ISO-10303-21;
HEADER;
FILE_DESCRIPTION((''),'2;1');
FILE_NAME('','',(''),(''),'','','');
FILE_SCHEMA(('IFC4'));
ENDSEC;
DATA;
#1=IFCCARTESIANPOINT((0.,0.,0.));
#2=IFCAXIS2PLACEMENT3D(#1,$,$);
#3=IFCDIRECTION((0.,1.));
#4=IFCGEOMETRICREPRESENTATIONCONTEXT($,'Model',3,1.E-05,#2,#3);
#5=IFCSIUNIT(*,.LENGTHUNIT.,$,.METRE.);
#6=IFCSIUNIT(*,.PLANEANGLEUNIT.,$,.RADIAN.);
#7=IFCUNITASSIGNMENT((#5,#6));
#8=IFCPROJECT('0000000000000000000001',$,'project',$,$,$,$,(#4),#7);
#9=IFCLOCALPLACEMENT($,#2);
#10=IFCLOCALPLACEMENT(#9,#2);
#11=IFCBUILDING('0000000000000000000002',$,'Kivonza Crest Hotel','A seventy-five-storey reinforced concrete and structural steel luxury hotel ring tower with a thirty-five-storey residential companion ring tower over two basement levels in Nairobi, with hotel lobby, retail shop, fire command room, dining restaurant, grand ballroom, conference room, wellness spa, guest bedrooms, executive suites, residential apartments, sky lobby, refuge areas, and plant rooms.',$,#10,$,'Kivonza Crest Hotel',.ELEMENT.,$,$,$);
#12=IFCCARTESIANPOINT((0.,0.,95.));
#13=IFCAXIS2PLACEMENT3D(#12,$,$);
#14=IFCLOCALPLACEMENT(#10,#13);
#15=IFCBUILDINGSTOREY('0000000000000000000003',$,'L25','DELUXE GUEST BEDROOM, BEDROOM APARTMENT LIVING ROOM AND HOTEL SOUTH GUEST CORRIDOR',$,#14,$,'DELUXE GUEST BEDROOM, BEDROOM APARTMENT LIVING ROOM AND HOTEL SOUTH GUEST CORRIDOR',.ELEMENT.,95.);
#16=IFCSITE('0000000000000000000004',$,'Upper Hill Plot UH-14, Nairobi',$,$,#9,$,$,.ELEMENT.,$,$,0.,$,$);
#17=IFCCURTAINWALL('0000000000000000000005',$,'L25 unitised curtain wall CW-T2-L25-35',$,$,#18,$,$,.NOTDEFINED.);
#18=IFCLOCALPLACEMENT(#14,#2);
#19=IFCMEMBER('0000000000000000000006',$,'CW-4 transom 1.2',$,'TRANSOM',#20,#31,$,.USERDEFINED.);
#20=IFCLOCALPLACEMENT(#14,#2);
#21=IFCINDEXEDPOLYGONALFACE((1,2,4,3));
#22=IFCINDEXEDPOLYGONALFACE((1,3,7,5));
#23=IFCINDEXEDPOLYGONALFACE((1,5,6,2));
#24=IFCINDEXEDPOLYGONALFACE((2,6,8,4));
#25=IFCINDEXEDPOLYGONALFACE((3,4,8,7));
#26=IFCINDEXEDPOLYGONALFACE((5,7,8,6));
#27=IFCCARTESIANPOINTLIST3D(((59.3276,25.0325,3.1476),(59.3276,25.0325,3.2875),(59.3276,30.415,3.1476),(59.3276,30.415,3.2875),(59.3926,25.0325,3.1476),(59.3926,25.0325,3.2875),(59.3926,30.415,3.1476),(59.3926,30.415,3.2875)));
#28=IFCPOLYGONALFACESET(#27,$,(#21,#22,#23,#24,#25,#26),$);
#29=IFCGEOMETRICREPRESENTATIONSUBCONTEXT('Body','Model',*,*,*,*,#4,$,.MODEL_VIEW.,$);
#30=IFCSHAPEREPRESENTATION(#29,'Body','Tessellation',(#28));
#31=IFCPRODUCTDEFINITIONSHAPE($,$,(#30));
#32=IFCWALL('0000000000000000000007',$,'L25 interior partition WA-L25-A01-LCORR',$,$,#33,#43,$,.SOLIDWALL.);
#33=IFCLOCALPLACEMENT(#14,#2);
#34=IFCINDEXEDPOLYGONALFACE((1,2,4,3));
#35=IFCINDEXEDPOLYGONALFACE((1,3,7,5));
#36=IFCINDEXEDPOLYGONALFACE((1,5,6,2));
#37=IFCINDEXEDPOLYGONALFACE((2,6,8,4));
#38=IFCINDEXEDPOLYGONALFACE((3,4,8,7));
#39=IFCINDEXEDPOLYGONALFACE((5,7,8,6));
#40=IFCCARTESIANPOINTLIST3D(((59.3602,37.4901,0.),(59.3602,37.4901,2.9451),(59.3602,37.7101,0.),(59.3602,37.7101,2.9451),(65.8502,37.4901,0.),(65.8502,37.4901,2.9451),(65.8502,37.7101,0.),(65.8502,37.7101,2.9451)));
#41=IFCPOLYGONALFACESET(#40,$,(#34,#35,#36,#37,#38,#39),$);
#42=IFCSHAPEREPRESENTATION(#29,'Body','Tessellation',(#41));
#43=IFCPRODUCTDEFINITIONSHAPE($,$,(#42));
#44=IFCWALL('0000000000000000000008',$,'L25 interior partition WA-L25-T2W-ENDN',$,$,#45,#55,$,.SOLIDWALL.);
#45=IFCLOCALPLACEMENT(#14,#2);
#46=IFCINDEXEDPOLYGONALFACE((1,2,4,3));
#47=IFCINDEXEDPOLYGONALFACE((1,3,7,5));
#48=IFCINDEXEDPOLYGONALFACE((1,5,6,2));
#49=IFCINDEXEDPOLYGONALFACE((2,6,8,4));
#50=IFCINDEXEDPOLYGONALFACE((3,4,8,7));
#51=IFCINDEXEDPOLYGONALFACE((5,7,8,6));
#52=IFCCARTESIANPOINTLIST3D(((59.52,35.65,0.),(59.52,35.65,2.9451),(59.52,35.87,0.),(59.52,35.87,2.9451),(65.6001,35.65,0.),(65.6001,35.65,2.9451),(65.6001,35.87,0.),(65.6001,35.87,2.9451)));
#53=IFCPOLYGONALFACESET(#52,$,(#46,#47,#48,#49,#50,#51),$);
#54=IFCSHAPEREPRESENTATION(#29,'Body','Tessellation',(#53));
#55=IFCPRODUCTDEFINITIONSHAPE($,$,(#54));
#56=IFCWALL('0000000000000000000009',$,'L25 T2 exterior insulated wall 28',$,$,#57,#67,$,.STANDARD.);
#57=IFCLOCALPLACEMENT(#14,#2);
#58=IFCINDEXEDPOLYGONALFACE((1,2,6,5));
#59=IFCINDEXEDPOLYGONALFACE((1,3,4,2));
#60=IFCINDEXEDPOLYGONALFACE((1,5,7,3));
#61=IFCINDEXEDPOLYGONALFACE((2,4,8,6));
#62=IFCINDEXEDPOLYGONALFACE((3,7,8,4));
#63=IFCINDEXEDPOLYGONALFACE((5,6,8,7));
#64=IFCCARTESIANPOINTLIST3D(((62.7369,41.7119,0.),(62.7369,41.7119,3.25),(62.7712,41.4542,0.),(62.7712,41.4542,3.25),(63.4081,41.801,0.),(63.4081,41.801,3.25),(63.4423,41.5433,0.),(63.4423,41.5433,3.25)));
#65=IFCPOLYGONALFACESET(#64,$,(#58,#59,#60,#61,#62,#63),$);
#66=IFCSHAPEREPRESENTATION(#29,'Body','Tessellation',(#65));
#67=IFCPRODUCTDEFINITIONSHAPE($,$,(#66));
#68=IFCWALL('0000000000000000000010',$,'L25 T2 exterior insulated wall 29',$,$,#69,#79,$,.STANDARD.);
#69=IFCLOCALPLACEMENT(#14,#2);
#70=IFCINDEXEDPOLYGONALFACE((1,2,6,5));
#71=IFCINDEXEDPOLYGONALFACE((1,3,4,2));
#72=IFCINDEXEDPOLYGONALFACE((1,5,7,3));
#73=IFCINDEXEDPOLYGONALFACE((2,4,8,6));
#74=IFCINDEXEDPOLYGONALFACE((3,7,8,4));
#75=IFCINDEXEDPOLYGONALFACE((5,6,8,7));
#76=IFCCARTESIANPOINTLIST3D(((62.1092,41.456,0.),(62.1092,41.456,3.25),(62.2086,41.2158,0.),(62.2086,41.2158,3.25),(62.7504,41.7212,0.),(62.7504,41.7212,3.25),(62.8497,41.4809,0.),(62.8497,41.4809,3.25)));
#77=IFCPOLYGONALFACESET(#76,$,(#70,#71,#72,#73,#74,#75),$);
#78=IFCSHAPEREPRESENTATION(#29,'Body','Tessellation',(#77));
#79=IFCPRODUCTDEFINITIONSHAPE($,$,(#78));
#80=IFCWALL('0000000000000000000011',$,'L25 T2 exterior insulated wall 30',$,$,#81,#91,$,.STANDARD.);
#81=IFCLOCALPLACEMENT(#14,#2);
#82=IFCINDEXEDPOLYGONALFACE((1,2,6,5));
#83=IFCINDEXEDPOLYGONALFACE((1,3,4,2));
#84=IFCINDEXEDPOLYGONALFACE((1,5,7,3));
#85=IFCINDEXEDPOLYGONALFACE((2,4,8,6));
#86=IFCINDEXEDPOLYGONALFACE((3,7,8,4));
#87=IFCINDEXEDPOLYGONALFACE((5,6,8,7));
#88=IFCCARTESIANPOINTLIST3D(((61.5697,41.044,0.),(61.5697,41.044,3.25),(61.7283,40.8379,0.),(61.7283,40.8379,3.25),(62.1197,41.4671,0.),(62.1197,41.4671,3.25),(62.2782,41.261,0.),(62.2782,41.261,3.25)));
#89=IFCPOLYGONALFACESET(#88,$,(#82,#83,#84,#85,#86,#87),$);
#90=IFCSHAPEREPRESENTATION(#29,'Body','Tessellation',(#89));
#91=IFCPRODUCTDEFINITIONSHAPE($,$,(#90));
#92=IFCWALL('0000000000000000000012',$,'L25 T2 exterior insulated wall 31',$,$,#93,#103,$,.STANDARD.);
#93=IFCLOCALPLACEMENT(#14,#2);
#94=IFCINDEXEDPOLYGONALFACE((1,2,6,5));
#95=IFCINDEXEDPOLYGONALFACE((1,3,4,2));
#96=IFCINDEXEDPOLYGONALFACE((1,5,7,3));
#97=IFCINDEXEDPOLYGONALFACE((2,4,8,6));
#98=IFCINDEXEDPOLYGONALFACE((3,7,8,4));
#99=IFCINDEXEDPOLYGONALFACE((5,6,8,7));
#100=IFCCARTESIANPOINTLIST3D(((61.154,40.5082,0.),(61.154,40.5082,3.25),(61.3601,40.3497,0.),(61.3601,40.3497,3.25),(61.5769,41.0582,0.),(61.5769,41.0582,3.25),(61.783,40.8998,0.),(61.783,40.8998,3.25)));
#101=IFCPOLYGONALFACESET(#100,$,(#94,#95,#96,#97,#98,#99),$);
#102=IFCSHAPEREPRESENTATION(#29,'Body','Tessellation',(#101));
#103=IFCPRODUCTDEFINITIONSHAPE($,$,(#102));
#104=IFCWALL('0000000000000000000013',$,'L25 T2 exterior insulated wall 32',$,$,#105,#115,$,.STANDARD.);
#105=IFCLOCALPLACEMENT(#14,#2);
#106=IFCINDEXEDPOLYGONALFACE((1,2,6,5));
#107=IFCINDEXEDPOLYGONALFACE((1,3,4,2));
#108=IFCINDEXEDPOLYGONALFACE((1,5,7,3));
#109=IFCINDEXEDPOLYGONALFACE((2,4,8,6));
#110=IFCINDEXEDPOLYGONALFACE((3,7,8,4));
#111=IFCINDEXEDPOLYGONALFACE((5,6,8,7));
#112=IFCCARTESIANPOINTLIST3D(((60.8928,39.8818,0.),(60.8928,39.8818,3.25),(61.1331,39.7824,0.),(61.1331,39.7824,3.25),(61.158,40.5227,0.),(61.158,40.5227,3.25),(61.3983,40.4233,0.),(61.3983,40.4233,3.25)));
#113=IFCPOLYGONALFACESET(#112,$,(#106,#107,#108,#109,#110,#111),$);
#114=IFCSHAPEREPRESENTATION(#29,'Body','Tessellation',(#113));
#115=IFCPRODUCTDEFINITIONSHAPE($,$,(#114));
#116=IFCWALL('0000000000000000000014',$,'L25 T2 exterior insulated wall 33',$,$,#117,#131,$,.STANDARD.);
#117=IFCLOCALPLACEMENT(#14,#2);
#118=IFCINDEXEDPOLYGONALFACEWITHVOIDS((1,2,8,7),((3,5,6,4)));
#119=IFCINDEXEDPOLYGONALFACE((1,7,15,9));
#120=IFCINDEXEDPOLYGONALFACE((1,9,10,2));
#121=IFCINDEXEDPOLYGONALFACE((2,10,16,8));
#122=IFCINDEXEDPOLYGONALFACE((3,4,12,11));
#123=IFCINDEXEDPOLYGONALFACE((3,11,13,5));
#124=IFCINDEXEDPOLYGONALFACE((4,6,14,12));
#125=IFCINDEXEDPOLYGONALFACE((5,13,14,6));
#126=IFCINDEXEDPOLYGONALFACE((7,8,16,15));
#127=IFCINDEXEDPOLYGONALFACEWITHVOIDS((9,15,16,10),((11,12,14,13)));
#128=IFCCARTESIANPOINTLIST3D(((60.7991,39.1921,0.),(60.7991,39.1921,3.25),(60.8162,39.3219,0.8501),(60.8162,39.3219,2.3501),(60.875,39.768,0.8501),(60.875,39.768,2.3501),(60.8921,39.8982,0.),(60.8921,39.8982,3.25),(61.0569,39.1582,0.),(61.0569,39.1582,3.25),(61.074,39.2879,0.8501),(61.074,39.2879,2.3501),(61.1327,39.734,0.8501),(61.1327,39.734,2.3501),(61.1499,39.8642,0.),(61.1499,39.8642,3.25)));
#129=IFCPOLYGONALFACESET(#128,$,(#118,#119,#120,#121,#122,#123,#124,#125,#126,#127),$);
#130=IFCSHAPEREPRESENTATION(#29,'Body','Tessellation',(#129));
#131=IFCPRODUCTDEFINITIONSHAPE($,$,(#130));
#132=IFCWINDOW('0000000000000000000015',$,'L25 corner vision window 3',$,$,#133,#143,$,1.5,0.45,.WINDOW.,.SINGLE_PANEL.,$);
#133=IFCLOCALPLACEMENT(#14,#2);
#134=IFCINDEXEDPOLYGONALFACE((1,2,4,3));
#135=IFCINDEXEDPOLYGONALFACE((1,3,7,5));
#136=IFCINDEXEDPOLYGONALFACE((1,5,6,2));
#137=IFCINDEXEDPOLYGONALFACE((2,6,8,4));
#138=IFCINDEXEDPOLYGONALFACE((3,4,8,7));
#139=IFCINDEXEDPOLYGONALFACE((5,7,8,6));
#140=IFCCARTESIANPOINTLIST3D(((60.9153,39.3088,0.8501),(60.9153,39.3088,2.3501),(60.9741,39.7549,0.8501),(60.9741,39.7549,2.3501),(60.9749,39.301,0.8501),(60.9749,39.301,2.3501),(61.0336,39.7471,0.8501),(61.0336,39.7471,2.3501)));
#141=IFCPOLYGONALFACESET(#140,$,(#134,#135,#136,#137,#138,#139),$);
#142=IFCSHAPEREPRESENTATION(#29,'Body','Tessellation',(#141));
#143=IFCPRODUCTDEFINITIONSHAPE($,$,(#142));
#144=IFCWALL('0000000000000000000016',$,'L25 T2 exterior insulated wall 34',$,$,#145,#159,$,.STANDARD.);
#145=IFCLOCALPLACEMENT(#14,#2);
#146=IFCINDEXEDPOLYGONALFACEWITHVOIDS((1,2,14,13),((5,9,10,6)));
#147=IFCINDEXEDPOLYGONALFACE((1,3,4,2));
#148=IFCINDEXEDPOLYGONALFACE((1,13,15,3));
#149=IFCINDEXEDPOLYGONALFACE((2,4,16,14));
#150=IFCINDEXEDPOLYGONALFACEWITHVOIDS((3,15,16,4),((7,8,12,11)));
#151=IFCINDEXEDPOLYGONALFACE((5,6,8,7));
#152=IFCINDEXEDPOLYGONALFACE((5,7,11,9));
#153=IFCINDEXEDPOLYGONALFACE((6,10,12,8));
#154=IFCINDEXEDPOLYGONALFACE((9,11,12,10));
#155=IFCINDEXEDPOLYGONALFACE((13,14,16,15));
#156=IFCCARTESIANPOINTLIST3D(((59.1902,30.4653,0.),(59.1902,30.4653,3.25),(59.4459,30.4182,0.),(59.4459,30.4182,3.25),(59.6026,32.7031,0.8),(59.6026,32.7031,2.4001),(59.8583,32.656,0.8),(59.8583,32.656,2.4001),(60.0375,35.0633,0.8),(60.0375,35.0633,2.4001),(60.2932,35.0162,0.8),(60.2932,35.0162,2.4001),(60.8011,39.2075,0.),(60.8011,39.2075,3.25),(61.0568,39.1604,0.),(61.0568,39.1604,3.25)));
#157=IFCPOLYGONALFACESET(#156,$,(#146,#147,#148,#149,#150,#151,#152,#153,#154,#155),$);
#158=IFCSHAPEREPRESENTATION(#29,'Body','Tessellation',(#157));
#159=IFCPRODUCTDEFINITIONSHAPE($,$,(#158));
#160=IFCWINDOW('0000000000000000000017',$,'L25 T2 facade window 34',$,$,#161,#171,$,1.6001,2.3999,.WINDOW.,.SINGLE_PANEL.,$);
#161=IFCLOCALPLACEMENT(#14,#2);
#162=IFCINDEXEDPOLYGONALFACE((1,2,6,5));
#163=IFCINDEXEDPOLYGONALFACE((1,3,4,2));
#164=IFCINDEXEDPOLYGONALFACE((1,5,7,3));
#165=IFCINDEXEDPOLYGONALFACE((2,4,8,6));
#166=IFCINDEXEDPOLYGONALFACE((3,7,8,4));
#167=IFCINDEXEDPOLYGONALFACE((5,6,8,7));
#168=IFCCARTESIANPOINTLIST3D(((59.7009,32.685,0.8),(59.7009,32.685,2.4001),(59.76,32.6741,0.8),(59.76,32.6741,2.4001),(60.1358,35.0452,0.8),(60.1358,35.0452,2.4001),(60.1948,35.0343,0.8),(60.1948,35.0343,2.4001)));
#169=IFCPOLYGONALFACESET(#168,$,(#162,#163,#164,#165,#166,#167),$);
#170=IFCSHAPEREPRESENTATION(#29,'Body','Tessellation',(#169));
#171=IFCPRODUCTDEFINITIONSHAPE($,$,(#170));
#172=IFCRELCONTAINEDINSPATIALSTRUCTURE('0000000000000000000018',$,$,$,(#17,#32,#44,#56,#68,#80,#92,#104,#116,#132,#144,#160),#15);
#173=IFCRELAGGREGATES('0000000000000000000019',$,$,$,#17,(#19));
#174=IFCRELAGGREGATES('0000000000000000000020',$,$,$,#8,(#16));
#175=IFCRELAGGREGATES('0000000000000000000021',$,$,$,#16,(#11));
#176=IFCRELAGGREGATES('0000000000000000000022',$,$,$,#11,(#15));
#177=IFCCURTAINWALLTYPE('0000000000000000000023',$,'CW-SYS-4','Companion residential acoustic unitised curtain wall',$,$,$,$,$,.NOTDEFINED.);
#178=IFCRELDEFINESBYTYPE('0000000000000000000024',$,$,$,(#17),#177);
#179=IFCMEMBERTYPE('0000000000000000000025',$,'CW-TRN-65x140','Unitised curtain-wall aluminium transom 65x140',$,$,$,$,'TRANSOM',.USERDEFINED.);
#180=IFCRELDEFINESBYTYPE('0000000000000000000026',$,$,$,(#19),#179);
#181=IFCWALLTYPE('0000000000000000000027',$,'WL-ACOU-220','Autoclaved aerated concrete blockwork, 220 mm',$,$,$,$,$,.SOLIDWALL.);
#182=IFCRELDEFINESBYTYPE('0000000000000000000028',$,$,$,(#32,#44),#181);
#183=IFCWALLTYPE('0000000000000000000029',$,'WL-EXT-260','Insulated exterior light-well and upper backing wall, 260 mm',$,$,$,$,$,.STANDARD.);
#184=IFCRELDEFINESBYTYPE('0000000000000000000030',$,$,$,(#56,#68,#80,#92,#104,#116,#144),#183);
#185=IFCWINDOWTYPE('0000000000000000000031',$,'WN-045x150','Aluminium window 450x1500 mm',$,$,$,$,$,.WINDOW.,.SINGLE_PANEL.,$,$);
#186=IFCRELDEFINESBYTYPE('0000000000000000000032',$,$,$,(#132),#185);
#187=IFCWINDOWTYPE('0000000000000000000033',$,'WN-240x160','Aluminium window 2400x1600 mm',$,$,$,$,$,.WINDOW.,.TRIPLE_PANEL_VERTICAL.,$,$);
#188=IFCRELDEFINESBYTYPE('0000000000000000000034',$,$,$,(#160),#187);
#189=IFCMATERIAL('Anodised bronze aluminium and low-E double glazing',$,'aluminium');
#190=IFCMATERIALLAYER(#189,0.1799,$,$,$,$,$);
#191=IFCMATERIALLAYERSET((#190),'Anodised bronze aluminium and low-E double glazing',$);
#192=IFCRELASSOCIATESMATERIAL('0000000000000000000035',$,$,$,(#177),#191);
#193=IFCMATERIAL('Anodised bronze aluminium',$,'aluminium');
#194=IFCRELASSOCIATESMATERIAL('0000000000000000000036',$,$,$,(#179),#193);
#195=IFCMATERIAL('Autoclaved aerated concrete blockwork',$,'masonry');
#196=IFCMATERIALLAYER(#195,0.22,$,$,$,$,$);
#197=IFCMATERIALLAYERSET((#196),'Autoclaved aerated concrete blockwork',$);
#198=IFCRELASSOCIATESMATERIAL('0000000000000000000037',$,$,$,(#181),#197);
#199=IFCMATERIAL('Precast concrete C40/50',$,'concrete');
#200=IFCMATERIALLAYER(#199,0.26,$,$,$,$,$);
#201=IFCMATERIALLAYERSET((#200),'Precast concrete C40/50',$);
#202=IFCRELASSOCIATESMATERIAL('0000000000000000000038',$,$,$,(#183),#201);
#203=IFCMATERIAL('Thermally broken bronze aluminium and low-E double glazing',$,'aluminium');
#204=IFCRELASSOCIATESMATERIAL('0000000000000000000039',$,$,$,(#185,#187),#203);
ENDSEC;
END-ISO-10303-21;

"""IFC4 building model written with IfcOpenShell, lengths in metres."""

from ifc_helpers import new_model, si_unit, direction, frame, frame_2d, origin, origin_2d, place, context, subcontext, project, spatial, rectangle, extrude, material, layer, layer_set, material_profile, profile_set, type_object, element, fill, aggregate, save


model = new_model("IFC4")

# Units and contexts
model_context = context("Model", 3, precision=1e-05, world=origin(), true_north=direction((0.0, 1.0)))
body_context = subcontext(model_context, "Body", "Model", "MODEL_VIEW")
ifc_project = project(units=[si_unit("LENGTHUNIT", "METRE"), si_unit("PLANEANGLEUNIT", "RADIAN")], contexts=[model_context])

# Site, building, storey
site_placement = place(None, origin())
site = spatial("IfcSite", under=ifc_project, at=site_placement, Name="Upper Hill Plot UH-14, Nairobi", CompositionType="ELEMENT", RefElevation=0.0)
building_placement = place(site_placement, origin())
building = spatial("IfcBuilding", under=site, at=building_placement, Name="Kivonza Crest Hotel", Description="A seventy-five-storey reinforced concrete and structural steel luxury hotel ring tower with a thirty-five-storey residential companion ring tower over two basement levels in Nairobi, with hotel lobby, retail shop, fire command room, dining restaurant, grand ballroom, conference room, wellness spa, guest bedrooms, executive suites, residential apartments, sky lobby, refuge areas, and plant rooms.", LongName="Kivonza Crest Hotel", CompositionType="ELEMENT")
storey_placement = place(building_placement, frame((0.0, 0.0, 95.0)))
storey = spatial("IfcBuildingStorey", under=building, at=storey_placement, Name="L25", Description="DELUXE GUEST BEDROOM, BEDROOM APARTMENT LIVING ROOM AND HOTEL SOUTH GUEST CORRIDOR", LongName="DELUXE GUEST BEDROOM, BEDROOM APARTMENT LIVING ROOM AND HOTEL SOUTH GUEST CORRIDOR", CompositionType="ELEMENT", Elevation=95.0)

# Curtain wall, member
ifc_material_1 = material(Name="Anodised bronze aluminium and low-E double glazing", Category="aluminium")
ifc_layer_1 = layer(ifc_material_1, 0.1799)
ifc_layer_set_1 = layer_set([ifc_layer_1], Name="Anodised bronze aluminium and low-E double glazing")
curtain_wall_type = type_object("IfcCurtainWallType", Name="CW-SYS-4", Description="Companion residential acoustic unitised curtain wall", PredefinedType="NOTDEFINED", material=ifc_layer_set_1)
curtain_wall_placement = place(storey_placement, origin())
curtain_wall = element("IfcCurtainWall", 1, at=curtain_wall_placement, inside=storey, type_object=curtain_wall_type, Name="L25 unitised curtain wall CW-T2-L25-35", PredefinedType="NOTDEFINED")
ifc_material_2 = material(Name="Anodised bronze aluminium", Category="aluminium")
ifc_material_profile_1 = material_profile(ifc_material_2, rectangle(XDim=0.0649, YDim=0.1399, at=origin_2d()), Name="CW-T 65x140")
ifc_profile_set_1 = profile_set([ifc_material_profile_1], Name="Anodised bronze aluminium")
member_type_1 = type_object("IfcMemberType", Name="CW-TRN-65x140", Description="Unitised curtain-wall aluminium transom 65x140", ElementType="TRANSOM", PredefinedType="USERDEFINED", material=ifc_profile_set_1)
member_1_placement = place(storey_placement, frame((59.3601, 30.415, 3.2175), z_axis=(0.0, -1.0, 0.0), x_axis=(1.0, 0.0, 0.0)))
member_1 = element("IfcMember", 2, at=member_1_placement, type_object=member_type_1, Name="CW-4 transom 1.2", ObjectType="TRANSOM", PredefinedType="USERDEFINED", context=body_context, shape_type="SweptSolid", body=[
    extrude(rectangle(XDim=0.0649, YDim=0.1399, at=origin_2d()), origin(), (0.0, 0.0, 1.0), 5.3826),
])
aggregate(curtain_wall, [member_1])

# Walls
ifc_material_3 = material(Name="Autoclaved aerated concrete blockwork", Category="masonry")
ifc_layer_2 = layer(ifc_material_3, 0.22)
ifc_layer_set_2 = layer_set([ifc_layer_2], Name="Autoclaved aerated concrete blockwork")
wall_type_1 = type_object("IfcWallType", Name="WL-ACOU-220", Description="Autoclaved aerated concrete blockwork, 220 mm", PredefinedType="SOLIDWALL", material=ifc_layer_set_2)
wall_1_placement = place(storey_placement, frame((59.3601, 37.6001, 0.0), z_axis=(0.0, 0.0, 1.0), x_axis=(1.0, 0.0, 0.0)))
element("IfcWall", 3, at=wall_1_placement, inside=storey, type_object=wall_type_1, Name="L25 interior partition WA-L25-A01-LCORR", PredefinedType="SOLIDWALL", context=body_context, shape_type="SweptSolid", body=[
    extrude(rectangle(XDim=6.49, YDim=0.22, at=frame_2d((3.2451, 0.0))), origin(), (0.0, 0.0, 1.0), 2.9451),
])
wall_2_placement = place(storey_placement, frame((59.52, 35.76, 0.0), z_axis=(0.0, 0.0, 1.0), x_axis=(1.0, 0.0, 0.0)))
element("IfcWall", 4, at=wall_2_placement, inside=storey, type_object=wall_type_1, Name="L25 interior partition WA-L25-T2W-ENDN", PredefinedType="SOLIDWALL", context=body_context, shape_type="SweptSolid", body=[
    extrude(rectangle(XDim=6.0801, YDim=0.22, at=frame_2d((3.04, 0.0))), origin(), (0.0, 0.0, 1.0), 2.9451),
])
ifc_material_4 = material(Name="Precast concrete C40/50", Category="concrete")
ifc_layer_3 = layer(ifc_material_4, 0.26)
ifc_layer_set_3 = layer_set([ifc_layer_3], Name="Precast concrete C40/50")
wall_type_2 = type_object("IfcWallType", Name="WL-EXT-260", Description="Insulated exterior light-well and upper backing wall, 260 mm", PredefinedType="STANDARD", material=ifc_layer_set_3)
wall_3_placement = place(storey_placement, frame((63.425, 41.6721, 0.0), z_axis=(0.0, 0.0, 1.0), x_axis=(-0.9913, -0.13162, 0.0)))
element("IfcWall", 5, at=wall_3_placement, inside=storey, type_object=wall_type_2, Name="L25 T2 exterior insulated wall 28", PredefinedType="STANDARD", context=body_context, shape_type="SweptSolid", body=[
    extrude(rectangle(XDim=0.677, YDim=0.26, at=frame_2d((0.3384, 0.0))), origin(), (0.0, 0.0, 1.0), 3.25),
])
for number, where, z_axis, x_axis, name in (
    (6, (62.8, 41.6011, 0.0), (0.0, 0.0, 1.0), (-0.924094, -0.382165, 0.0), "L25 T2 exterior insulated wall 29"),
    (7, (62.199, 41.364, 0.0), (0.0, 0.0, 1.0), (-0.792637, -0.609694, 0.0), "L25 T2 exterior insulated wall 30"),
    (8, (61.6799, 40.979, 0.0), (0.0, 0.0, 1.0), (-0.609473, -0.792807, 0.0), "L25 T2 exterior insulated wall 31"),
):
    element("IfcWall", number, at=place(storey_placement, frame(where, z_axis=z_axis, x_axis=x_axis)), inside=storey, type_object=wall_type_2, Name=name, PredefinedType="STANDARD", context=body_context, shape_type="SweptSolid", body=[
        extrude(rectangle(XDim=0.6938, YDim=0.26, at=frame_2d((0.3469, 0.0))), origin(), (0.0, 0.0, 1.0), 3.25),
    ])
wall_4_placement = place(storey_placement, frame((61.2781, 40.4729, 0.0), z_axis=(0.0, 0.0, 1.0), x_axis=(-0.38229, -0.924043, 0.0)))
element("IfcWall", 9, at=wall_4_placement, inside=storey, type_object=wall_type_2, Name="L25 T2 exterior insulated wall 32", PredefinedType="STANDARD", context=body_context, shape_type="SweptSolid", body=[
    extrude(rectangle(XDim=0.6936, YDim=0.26, at=frame_2d((0.3467, 0.0))), origin(), (0.0, 0.0, 1.0), 3.25),
])

# Walls, openings, windows
wall_5_placement = place(storey_placement, frame((61.021, 39.8811, 0.0), z_axis=(0.0, 0.0, 1.0), x_axis=(-0.130614, -0.991433, 0.0)))
wall_5 = element("IfcWall", 10, at=wall_5_placement, inside=storey, type_object=wall_type_2, Name="L25 T2 exterior insulated wall 33", PredefinedType="STANDARD", context=body_context, shape_type="SweptSolid", body=[
    extrude(rectangle(XDim=0.7122, YDim=0.26, at=frame_2d((0.356, 0.0))), origin(), (0.0, 0.0, 1.0), 3.25),
])
opening_1_placement = place(wall_5_placement, frame((0.1311, 0.0, 0.8501)))
opening_1 = element("IfcOpeningElement", 11, at=opening_1_placement, cuts=wall_5, PredefinedType="OPENING", context=body_context, shape_type="SweptSolid", body=[
    extrude(rectangle(XDim=0.45, YDim=1.5, at=frame_2d((0.2251, 0.75))), frame((0.0, 0.1401, 0.0), z_axis=(0.0, -1.0, 0.0), x_axis=(1.0, 0.0, 0.0)), (0.0, 0.0, 1.0), 0.28),
])
ifc_material_5 = material(Name="Thermally broken bronze aluminium and low-E double glazing", Category="aluminium")
window_type_1 = type_object("IfcWindowType", Name="WN-045x150", Description="Aluminium window 450x1500 mm", PartitioningType="SINGLE_PANEL", PredefinedType="WINDOW", material=ifc_material_5)
window_1_placement = place(opening_1_placement, origin())
window_1 = element("IfcWindow", 12, at=window_1_placement, inside=storey, type_object=window_type_1, Name="L25 corner vision window 3", OverallHeight=1.5, OverallWidth=0.45, PartitioningType="SINGLE_PANEL", PredefinedType="WINDOW", context=body_context, shape_type="SweptSolid", body=[
    extrude(rectangle(XDim=0.45, YDim=1.5, at=frame_2d((0.2251, 0.75))), frame((0.0, 0.03, 0.0), z_axis=(0.0, -1.0, 0.0), x_axis=(1.0, 0.0, 0.0)), (0.0, 0.0, 1.0), 0.0601),
])
fill(opening_1, window_1)
wall_6_placement = place(storey_placement, frame((60.929, 39.1841, 0.0), z_axis=(0.0, 0.0, 1.0), x_axis=(-0.18121, -0.983444, 0.0)))
wall_6 = element("IfcWall", 13, at=wall_6_placement, inside=storey, type_object=wall_type_2, Name="L25 T2 exterior insulated wall 34", PredefinedType="STANDARD", context=body_context, shape_type="SweptSolid", body=[
    extrude(rectangle(XDim=8.8894, YDim=0.26, at=frame_2d((4.4448, 0.0))), origin(), (0.0, 0.0, 1.0), 3.25),
])
opening_2_placement = place(wall_6_placement, frame((4.2141, 0.0, 0.8)))
opening_2 = element("IfcOpeningElement", 14, at=opening_2_placement, cuts=wall_6, PredefinedType="OPENING", context=body_context, shape_type="SweptSolid", body=[
    extrude(rectangle(XDim=2.3999, YDim=1.6001, at=frame_2d((1.2, 0.8))), frame((0.0, 0.1401, 0.0), z_axis=(0.0, -1.0, 0.0), x_axis=(1.0, 0.0, 0.0)), (0.0, 0.0, 1.0), 0.28),
])
window_type_2 = type_object("IfcWindowType", Name="WN-240x160", Description="Aluminium window 2400x1600 mm", PartitioningType="TRIPLE_PANEL_VERTICAL", PredefinedType="WINDOW", material=ifc_material_5)
window_2_placement = place(opening_2_placement, origin())
window_2 = element("IfcWindow", 15, at=window_2_placement, inside=storey, type_object=window_type_2, Name="L25 T2 facade window 34", OverallHeight=1.6001, OverallWidth=2.3999, PartitioningType="SINGLE_PANEL", PredefinedType="WINDOW", context=body_context, shape_type="SweptSolid", body=[
    extrude(rectangle(XDim=2.3999, YDim=1.6001, at=frame_2d((1.2, 0.8))), frame((0.0, 0.03, 0.0), z_axis=(0.0, -1.0, 0.0), x_axis=(1.0, 0.0, 0.0)), (0.0, 0.0, 1.0), 0.0601),
])
fill(opening_2, window_2)

save(model, "model.ifc")
